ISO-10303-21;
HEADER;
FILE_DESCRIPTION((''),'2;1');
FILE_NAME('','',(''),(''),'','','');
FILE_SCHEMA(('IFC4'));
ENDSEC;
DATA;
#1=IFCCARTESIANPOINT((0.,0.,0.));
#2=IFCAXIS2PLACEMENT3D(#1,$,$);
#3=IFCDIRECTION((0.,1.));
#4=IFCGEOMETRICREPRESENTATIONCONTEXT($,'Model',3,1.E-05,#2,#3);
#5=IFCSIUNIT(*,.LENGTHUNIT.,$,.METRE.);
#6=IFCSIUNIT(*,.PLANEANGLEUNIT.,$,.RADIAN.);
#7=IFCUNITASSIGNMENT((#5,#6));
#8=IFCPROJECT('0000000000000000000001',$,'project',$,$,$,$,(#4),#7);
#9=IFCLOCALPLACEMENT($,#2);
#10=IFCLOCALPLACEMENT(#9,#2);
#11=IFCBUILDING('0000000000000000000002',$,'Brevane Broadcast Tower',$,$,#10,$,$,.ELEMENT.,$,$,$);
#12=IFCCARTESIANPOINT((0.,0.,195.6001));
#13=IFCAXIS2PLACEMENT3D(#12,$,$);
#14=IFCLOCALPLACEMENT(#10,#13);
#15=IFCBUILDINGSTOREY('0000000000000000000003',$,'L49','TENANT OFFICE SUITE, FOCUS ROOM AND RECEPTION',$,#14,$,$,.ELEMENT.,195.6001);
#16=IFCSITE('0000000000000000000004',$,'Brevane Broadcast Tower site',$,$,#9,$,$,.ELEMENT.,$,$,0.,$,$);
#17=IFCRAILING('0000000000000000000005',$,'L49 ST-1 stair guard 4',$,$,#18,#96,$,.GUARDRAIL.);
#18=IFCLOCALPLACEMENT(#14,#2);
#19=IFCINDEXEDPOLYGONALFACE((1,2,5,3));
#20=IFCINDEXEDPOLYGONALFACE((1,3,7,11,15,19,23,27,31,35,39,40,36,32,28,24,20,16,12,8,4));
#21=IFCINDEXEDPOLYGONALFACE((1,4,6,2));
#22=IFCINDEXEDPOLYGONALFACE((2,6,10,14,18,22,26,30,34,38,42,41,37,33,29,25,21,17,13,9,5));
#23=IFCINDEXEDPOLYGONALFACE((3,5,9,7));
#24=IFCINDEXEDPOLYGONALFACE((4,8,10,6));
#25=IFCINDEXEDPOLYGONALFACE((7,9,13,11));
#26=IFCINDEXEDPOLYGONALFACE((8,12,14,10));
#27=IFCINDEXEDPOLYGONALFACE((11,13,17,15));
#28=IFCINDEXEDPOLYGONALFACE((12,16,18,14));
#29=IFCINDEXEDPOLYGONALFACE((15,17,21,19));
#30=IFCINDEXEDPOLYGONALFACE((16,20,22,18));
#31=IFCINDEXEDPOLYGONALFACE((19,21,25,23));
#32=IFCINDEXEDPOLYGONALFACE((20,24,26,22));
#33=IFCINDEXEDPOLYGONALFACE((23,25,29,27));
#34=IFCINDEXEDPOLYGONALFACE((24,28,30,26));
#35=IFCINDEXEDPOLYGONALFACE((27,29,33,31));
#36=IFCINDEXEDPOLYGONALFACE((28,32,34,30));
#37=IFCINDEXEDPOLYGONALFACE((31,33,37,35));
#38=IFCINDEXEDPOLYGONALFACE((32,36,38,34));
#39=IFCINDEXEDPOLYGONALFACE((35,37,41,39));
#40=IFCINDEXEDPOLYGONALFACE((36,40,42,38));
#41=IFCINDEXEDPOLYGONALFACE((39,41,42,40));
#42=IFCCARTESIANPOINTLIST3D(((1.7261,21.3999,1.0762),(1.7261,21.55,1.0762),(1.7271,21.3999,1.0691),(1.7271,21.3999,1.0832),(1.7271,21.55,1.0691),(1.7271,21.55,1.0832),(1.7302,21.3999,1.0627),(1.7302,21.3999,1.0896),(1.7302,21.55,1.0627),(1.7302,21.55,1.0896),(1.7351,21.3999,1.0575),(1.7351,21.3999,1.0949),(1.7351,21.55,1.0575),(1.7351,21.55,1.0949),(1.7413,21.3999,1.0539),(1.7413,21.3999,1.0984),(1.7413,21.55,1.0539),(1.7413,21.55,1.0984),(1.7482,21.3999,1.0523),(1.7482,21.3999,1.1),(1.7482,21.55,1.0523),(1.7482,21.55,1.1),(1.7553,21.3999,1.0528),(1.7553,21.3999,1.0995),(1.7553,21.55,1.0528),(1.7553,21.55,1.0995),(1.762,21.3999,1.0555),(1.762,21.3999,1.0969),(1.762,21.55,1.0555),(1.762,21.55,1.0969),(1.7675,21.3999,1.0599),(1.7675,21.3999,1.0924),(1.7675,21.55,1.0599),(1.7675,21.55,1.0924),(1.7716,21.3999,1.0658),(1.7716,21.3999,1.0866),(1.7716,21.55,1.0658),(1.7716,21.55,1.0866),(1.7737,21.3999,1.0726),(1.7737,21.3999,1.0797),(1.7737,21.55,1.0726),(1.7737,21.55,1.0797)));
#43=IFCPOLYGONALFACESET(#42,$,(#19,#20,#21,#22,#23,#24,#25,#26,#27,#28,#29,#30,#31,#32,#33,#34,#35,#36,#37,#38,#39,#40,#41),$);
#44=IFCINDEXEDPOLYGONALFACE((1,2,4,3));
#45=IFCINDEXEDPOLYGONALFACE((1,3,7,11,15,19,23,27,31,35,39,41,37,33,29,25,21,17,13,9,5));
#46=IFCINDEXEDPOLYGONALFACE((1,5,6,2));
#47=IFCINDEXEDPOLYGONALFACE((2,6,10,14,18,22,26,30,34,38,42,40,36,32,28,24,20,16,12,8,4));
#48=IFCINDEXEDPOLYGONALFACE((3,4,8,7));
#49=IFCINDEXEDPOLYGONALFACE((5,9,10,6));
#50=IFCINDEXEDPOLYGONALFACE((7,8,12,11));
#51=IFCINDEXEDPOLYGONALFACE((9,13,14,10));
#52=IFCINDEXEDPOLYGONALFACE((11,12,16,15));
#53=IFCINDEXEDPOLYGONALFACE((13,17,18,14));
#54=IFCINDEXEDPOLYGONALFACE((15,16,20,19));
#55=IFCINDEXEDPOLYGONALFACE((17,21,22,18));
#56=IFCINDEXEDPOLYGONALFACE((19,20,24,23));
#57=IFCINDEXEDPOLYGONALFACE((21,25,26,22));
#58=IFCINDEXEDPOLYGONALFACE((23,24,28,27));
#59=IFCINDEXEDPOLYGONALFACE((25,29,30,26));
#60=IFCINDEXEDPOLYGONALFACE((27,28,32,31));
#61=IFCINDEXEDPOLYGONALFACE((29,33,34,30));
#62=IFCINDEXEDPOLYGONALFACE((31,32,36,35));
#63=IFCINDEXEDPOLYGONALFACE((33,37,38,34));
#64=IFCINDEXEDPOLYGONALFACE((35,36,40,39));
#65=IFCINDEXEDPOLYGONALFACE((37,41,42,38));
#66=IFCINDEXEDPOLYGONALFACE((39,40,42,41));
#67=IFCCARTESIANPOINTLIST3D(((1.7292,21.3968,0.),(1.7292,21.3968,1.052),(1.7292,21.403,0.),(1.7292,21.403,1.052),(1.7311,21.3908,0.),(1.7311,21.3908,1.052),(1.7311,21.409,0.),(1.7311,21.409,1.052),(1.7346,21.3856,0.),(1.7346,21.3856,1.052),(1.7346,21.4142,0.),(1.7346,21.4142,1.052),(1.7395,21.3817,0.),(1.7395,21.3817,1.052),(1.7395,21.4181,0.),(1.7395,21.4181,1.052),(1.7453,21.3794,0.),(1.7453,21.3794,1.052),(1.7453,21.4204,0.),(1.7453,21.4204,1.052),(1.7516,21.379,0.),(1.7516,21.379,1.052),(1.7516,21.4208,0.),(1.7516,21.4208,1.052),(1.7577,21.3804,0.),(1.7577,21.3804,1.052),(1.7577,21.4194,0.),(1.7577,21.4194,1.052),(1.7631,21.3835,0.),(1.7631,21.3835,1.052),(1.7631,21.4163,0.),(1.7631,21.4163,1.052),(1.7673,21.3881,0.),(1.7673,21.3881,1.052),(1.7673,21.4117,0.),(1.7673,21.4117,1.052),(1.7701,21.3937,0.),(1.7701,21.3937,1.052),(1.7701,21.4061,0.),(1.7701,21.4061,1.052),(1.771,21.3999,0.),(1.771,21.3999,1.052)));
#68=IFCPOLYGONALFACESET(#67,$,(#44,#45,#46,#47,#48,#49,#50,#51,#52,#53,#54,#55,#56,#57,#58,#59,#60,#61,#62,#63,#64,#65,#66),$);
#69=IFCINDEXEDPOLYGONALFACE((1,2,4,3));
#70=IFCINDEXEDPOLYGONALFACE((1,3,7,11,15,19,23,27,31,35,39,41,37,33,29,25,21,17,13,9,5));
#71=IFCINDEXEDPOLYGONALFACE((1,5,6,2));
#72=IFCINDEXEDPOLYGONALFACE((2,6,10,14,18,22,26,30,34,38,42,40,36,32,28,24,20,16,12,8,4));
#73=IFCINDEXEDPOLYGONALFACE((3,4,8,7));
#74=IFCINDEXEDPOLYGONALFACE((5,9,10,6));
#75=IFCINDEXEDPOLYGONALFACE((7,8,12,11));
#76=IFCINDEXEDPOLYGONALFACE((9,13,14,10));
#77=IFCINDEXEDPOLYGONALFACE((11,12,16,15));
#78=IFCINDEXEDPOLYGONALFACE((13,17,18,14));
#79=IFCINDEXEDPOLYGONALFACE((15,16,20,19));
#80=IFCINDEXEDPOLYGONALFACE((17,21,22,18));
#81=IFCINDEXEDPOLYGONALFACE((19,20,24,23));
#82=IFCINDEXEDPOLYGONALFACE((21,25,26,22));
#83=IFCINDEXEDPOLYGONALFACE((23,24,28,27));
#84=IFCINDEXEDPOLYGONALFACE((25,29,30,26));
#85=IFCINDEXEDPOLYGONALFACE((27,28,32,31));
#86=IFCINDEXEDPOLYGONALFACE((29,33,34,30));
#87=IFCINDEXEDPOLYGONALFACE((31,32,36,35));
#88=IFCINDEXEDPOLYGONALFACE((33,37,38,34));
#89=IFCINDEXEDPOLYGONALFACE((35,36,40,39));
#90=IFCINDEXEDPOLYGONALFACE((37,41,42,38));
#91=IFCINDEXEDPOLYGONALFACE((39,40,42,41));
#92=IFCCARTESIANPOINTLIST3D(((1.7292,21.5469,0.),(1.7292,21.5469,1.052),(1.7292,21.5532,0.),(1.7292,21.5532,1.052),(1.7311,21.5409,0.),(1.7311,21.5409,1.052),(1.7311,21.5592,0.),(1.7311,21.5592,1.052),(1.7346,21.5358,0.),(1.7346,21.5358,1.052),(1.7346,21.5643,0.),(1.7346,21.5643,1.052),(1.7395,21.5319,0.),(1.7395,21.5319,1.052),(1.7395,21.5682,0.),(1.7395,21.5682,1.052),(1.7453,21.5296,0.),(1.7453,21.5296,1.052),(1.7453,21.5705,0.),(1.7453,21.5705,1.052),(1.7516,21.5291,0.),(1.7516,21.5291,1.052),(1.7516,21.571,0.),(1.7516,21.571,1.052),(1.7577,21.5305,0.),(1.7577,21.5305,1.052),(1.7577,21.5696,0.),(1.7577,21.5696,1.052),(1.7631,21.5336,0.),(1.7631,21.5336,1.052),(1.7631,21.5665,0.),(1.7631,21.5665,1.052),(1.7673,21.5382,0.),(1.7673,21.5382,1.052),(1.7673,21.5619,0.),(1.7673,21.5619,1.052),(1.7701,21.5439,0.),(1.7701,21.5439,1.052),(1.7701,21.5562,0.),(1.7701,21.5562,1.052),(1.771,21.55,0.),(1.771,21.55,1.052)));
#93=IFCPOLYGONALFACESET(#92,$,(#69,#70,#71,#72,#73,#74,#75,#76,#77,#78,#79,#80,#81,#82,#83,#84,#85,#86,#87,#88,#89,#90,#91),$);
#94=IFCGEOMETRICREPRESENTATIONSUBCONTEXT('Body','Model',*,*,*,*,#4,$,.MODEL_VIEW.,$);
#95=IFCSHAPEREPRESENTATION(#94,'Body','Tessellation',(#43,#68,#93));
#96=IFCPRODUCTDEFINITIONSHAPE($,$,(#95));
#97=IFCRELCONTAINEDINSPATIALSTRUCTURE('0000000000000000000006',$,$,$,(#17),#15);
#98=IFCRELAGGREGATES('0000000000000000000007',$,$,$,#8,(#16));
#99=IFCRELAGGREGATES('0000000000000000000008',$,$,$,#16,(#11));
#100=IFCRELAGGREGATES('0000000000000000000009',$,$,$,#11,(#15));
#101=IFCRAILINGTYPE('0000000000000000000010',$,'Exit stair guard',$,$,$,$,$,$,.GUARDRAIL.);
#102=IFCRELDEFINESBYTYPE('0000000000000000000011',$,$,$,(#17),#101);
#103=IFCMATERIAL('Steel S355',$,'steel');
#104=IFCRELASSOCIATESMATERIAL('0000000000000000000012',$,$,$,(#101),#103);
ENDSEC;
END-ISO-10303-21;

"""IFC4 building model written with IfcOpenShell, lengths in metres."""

from ifc_helpers import new_model, si_unit, direction, frame, origin, origin_2d, place, context, subcontext, project, spatial, circle, extrude, material, type_object, element, save


model = new_model("IFC4")

# Units and contexts
model_context = context("Model", 3, precision=1e-05, world=origin(), true_north=direction((0.0, 1.0)))
body_context = subcontext(model_context, "Body", "Model", "MODEL_VIEW")
ifc_project = project(units=[si_unit("LENGTHUNIT", "METRE"), si_unit("PLANEANGLEUNIT", "RADIAN")], contexts=[model_context])

# Site, building, storey
site_placement = place(None, origin())
site = spatial("IfcSite", under=ifc_project, at=site_placement, Name="Brevane Broadcast Tower site", CompositionType="ELEMENT", RefElevation=0.0)
building_placement = place(site_placement, origin())
building = spatial("IfcBuilding", under=site, at=building_placement, Name="Brevane Broadcast Tower", CompositionType="ELEMENT")
storey_placement = place(building_placement, frame((0.0, 0.0, 195.6001)))
storey = spatial("IfcBuildingStorey", under=building, at=storey_placement, Name="L49", Description="TENANT OFFICE SUITE, FOCUS ROOM AND RECEPTION", CompositionType="ELEMENT", Elevation=195.6001)

# Railing
ifc_material_1 = material(Name="Steel S355", Category="steel")
railing_type_1 = type_object("IfcRailingType", Name="Exit stair guard", PredefinedType="GUARDRAIL", material=ifc_material_1)
railing_1_placement = place(storey_placement, frame((1.75, 21.3999, 0.0)))
element("IfcRailing", 1, at=railing_1_placement, inside=storey, type_object=railing_type_1, Name="L49 ST-1 stair guard 4", PredefinedType="GUARDRAIL", context=body_context, shape_type="SweptSolid", body=[
    extrude(circle(Radius=0.0239, at=origin_2d()), frame((0.0, 0.0, 1.0762), z_axis=(0.0, 1.0, 0.0), x_axis=(-1.0, 0.0, 0.0)), (0.0, 0.0, 1.0), 0.1501),
    extrude(circle(Radius=0.021, at=origin_2d()), origin(), (0.0, 0.0, 1.0), 1.052),
    extrude(circle(Radius=0.021, at=origin_2d()), frame((0.0, 0.1501, 0.0)), (0.0, 0.0, 1.0), 1.052),
])

save(model, "model.ifc")
